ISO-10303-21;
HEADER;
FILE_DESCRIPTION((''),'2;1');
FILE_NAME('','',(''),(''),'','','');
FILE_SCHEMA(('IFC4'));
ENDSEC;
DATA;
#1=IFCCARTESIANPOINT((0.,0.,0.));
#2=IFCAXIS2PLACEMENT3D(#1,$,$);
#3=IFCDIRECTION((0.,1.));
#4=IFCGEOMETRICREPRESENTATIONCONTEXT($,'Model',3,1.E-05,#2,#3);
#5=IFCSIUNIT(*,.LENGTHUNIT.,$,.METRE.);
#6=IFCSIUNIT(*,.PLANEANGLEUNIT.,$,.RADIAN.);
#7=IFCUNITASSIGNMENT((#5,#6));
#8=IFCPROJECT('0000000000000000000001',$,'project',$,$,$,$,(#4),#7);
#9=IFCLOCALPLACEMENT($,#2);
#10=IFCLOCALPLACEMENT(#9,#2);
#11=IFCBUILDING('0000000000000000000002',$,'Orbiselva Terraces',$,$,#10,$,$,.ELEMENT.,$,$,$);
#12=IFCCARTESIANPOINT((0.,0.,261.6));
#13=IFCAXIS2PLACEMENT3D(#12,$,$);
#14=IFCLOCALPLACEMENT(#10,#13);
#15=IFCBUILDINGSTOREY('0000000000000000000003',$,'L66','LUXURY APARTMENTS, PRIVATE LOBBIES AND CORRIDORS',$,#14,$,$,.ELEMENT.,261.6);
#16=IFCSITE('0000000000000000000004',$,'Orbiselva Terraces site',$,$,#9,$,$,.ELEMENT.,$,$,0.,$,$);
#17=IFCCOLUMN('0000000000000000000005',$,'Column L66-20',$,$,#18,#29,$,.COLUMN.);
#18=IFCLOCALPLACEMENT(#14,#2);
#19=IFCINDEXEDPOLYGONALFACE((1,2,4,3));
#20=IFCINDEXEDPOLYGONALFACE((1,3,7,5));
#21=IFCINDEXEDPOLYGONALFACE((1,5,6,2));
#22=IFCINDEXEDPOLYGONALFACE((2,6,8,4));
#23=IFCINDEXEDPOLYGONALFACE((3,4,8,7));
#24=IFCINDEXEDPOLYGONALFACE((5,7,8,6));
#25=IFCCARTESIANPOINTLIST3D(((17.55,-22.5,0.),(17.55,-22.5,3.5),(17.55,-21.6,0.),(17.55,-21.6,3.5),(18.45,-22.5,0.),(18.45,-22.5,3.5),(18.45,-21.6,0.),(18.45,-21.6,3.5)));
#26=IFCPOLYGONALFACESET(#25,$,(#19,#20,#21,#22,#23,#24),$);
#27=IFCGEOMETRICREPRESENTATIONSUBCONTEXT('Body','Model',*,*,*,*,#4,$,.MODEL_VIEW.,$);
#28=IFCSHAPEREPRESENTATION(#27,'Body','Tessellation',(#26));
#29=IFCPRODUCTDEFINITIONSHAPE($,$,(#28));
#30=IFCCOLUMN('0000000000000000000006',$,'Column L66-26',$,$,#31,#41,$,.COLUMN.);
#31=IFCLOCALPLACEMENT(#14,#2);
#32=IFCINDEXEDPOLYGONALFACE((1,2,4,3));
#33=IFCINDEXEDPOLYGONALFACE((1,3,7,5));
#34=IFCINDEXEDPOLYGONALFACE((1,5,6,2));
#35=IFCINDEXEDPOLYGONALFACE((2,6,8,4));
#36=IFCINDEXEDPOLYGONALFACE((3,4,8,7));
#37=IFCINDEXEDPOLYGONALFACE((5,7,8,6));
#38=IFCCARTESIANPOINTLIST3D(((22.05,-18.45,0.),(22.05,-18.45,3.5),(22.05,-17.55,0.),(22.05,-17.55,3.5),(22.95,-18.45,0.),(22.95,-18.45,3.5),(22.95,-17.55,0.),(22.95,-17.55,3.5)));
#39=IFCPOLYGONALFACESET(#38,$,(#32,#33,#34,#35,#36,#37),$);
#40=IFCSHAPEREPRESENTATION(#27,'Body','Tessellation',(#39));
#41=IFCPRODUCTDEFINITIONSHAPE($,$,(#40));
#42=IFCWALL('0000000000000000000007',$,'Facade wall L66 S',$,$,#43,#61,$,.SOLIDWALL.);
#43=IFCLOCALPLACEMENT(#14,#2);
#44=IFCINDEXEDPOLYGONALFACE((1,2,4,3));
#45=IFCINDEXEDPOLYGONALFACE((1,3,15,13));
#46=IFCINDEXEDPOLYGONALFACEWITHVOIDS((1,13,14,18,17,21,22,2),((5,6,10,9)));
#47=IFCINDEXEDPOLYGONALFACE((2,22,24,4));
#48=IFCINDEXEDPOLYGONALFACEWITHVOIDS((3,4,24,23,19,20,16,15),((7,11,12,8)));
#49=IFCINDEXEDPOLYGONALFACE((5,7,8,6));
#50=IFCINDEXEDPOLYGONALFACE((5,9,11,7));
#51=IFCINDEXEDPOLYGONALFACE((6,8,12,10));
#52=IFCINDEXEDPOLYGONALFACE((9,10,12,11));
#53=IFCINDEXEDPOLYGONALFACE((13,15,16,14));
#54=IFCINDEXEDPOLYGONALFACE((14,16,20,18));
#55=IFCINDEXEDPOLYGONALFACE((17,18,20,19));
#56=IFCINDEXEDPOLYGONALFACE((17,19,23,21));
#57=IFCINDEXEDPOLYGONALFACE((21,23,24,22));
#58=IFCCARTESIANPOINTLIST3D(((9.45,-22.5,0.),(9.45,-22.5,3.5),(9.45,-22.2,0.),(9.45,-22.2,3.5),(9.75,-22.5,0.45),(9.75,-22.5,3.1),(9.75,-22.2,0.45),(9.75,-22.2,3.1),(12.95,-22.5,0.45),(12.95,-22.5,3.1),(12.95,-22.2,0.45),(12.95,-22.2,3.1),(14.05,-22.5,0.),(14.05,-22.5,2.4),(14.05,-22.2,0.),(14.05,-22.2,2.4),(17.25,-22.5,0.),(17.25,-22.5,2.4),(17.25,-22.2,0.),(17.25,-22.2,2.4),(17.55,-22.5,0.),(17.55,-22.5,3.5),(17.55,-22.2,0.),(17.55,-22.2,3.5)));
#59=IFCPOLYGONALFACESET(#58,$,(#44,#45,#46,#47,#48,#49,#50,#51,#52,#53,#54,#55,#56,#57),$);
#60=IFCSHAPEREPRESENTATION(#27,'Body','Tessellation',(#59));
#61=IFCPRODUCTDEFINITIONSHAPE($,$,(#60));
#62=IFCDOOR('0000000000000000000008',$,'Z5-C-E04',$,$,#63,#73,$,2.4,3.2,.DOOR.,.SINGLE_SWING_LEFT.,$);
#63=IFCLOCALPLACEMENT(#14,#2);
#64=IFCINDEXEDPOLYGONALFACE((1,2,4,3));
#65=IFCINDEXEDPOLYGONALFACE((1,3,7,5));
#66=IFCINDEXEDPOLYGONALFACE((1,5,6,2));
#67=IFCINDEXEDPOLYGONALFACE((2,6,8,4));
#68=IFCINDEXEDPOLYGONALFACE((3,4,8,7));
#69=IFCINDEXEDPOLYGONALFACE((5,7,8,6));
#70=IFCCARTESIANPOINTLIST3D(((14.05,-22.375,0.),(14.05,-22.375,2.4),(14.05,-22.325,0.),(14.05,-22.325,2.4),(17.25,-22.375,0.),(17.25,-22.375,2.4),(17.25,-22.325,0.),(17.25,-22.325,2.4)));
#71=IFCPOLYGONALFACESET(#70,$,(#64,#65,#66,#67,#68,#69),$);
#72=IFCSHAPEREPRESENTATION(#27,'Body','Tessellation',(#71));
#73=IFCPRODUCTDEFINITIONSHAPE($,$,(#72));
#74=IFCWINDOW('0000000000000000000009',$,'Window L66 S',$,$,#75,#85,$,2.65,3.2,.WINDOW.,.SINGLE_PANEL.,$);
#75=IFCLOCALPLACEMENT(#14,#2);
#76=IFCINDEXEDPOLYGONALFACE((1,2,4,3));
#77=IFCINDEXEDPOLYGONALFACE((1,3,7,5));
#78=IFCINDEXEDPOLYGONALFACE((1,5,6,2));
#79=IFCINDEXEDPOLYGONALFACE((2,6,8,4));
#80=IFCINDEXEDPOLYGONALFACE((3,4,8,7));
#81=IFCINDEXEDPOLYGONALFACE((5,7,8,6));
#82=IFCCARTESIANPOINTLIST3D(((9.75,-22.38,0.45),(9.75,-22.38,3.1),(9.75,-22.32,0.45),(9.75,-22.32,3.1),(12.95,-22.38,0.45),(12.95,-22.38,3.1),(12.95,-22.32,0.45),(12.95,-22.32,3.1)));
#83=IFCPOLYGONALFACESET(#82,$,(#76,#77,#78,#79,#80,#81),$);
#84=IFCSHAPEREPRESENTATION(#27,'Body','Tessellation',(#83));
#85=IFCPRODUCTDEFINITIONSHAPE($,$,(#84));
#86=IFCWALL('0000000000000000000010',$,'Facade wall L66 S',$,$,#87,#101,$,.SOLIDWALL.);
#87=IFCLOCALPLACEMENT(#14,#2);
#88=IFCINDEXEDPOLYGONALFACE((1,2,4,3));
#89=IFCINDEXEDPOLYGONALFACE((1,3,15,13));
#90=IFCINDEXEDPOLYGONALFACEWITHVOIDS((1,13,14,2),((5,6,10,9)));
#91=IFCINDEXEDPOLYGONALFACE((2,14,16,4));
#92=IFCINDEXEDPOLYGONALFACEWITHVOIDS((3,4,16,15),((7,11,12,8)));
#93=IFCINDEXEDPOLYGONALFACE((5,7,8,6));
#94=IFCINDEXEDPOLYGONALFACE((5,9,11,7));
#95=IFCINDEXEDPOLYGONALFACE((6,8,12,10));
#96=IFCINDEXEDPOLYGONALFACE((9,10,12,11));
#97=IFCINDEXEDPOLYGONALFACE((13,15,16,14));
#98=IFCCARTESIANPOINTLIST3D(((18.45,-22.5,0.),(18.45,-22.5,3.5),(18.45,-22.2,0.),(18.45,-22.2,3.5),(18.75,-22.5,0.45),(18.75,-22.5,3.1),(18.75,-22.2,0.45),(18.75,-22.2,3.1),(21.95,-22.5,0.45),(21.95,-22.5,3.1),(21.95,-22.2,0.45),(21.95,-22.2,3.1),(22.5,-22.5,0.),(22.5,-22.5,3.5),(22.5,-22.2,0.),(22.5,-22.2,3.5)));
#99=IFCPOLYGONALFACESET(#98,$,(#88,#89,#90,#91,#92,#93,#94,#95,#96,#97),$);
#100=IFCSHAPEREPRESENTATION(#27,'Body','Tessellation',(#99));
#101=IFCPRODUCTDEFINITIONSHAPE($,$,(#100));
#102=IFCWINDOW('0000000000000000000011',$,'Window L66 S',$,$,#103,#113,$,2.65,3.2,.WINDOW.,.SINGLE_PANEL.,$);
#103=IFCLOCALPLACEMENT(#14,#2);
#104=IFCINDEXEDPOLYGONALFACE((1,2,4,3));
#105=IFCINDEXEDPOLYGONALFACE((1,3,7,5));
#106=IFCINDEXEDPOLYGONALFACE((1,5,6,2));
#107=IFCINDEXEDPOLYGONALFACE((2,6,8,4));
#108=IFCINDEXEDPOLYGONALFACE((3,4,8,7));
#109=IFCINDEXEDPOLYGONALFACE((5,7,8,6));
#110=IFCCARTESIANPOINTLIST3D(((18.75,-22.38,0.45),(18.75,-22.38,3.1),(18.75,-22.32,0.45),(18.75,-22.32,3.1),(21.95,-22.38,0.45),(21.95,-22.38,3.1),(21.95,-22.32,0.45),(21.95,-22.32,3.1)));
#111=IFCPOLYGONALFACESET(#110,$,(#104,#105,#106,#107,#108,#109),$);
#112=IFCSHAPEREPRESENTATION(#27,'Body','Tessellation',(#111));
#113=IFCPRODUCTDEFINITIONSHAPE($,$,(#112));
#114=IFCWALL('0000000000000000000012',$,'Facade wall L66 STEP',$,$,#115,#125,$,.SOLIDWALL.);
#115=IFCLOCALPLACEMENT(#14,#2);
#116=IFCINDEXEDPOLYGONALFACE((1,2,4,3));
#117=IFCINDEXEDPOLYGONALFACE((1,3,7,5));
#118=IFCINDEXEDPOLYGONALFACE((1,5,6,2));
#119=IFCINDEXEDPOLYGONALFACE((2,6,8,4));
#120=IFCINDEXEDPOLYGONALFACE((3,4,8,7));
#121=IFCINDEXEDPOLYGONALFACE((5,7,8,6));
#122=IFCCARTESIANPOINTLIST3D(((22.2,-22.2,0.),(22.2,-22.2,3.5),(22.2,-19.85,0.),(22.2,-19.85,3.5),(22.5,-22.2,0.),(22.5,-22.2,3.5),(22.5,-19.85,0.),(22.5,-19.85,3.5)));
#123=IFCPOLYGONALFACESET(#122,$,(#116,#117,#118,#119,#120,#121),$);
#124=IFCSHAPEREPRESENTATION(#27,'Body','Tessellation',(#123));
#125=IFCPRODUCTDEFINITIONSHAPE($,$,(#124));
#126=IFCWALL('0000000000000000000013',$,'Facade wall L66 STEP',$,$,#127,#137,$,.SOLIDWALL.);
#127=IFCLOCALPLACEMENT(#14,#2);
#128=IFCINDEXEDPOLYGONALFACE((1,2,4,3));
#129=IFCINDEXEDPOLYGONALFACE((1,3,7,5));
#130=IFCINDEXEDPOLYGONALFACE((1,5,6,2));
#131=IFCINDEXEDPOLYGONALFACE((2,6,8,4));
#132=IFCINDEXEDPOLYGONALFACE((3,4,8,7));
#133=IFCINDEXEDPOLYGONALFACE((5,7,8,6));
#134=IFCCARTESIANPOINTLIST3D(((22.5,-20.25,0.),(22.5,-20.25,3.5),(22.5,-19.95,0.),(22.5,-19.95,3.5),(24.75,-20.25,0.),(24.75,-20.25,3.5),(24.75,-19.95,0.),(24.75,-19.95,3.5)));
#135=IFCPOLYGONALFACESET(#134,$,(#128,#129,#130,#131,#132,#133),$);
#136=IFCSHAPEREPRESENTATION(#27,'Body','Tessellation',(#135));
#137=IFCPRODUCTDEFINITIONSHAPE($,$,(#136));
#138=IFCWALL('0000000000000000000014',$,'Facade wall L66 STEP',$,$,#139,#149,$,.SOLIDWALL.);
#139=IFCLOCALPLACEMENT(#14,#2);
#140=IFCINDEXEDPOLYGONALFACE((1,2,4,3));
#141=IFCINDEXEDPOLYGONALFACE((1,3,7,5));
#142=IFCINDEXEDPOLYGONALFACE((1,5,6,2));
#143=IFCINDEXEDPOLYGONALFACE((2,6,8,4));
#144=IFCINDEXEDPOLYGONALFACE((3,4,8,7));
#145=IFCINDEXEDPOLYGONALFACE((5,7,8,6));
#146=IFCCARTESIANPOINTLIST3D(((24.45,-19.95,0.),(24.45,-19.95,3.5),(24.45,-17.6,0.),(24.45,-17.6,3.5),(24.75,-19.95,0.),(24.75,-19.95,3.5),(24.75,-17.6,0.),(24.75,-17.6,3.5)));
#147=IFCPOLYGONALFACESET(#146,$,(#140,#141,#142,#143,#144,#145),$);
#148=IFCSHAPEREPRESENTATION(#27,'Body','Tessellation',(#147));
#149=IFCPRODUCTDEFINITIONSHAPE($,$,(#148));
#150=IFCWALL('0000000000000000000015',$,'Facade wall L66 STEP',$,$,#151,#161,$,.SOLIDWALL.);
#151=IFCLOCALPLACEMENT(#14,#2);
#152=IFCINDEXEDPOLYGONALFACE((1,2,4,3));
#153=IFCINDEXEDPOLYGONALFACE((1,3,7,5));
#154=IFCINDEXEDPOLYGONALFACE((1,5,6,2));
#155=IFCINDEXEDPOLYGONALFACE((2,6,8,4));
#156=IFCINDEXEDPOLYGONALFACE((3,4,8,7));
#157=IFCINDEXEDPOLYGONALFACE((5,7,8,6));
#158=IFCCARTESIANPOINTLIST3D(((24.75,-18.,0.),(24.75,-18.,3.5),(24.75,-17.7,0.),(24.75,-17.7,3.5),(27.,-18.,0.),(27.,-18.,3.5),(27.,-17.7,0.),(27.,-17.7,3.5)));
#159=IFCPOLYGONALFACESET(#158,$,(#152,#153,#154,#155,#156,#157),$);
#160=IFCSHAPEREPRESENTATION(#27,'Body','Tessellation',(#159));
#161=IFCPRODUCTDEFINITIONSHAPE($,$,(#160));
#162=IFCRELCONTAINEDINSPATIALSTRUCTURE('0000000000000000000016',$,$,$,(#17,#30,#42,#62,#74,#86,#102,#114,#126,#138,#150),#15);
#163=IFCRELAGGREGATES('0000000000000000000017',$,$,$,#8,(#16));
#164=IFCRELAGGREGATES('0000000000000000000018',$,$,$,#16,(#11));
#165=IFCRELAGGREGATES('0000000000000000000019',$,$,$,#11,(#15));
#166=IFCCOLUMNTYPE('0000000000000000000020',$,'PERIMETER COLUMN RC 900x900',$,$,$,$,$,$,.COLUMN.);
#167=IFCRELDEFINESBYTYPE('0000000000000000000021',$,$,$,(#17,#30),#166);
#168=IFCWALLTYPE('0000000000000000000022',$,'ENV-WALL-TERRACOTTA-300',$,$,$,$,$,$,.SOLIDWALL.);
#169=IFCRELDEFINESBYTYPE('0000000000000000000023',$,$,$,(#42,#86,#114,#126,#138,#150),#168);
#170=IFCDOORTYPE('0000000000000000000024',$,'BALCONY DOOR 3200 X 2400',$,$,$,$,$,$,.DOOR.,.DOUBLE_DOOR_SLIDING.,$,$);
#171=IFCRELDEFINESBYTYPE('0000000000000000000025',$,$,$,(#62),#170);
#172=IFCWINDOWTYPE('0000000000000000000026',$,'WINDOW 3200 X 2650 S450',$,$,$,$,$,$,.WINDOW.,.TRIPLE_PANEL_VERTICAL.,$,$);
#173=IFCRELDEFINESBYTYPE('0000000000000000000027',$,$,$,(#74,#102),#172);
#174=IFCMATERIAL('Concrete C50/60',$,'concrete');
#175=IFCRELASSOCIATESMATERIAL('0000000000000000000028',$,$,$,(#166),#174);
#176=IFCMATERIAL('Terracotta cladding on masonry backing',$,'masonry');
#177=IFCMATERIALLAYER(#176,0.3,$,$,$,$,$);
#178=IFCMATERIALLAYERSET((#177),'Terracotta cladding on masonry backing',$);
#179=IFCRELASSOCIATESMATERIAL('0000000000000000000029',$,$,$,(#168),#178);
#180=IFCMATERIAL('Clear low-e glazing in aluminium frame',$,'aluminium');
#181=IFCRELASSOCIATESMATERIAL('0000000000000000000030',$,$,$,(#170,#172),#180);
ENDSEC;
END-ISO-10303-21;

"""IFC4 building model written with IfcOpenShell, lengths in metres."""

from ifc_helpers import new_model, si_unit, direction, frame, frame_2d, origin, origin_2d, place, context, subcontext, project, spatial, rectangle, extrude, material, layer, layer_set, material_profile, profile_set, type_object, element, fill, save


model = new_model("IFC4")

# Units and contexts
model_context = context("Model", 3, precision=1e-05, world=origin(), true_north=direction((0.0, 1.0)))
body_context = subcontext(model_context, "Body", "Model", "MODEL_VIEW")
ifc_project = project(units=[si_unit("LENGTHUNIT", "METRE"), si_unit("PLANEANGLEUNIT", "RADIAN")], contexts=[model_context])

# Site, building, storey
site_placement = place(None, origin())
site = spatial("IfcSite", under=ifc_project, at=site_placement, Name="Orbiselva Terraces site", CompositionType="ELEMENT", RefElevation=0.0)
building_placement = place(site_placement, origin())
building = spatial("IfcBuilding", under=site, at=building_placement, Name="Orbiselva Terraces", CompositionType="ELEMENT")
storey_placement = place(building_placement, frame((0.0, 0.0, 261.6)))
storey = spatial("IfcBuildingStorey", under=building, at=storey_placement, Name="L66", Description="LUXURY APARTMENTS, PRIVATE LOBBIES AND CORRIDORS", CompositionType="ELEMENT", Elevation=261.6)

# Columns
ifc_material_1 = material(Name="Concrete C50/60", Category="concrete")
ifc_material_profile = material_profile(ifc_material_1, rectangle(XDim=0.9, YDim=0.9, at=origin_2d()), Name="RC 900x900")
ifc_profile_set = profile_set([ifc_material_profile], Name="Concrete C50/60")
column_type = type_object("IfcColumnType", Name="PERIMETER COLUMN RC 900x900", PredefinedType="COLUMN", material=ifc_profile_set)
for number, where, z_axis, x_axis, name in (
    (1, (18.0, -22.05, 0.0), (0.0, 0.0, 1.0), (1.0, 0.0, 0.0), "Column L66-20"),
    (2, (22.5, -18.0, 0.0), (0.0, 0.0, 1.0), (1.0, 0.0, 0.0), "Column L66-26"),
):
    element("IfcColumn", number, at=place(storey_placement, frame(where, z_axis=z_axis, x_axis=x_axis)), inside=storey, type_object=column_type, Name=name, PredefinedType="COLUMN", context=body_context, shape_type="SweptSolid", body=[
        extrude(rectangle(XDim=0.9, YDim=0.9, at=origin_2d()), origin(), (0.0, 0.0, 1.0), 3.5),
    ])

# Wall, openings, door, window
ifc_material_2 = material(Name="Terracotta cladding on masonry backing", Category="masonry")
ifc_layer_1 = layer(ifc_material_2, 0.3)
ifc_layer_set_1 = layer_set([ifc_layer_1], Name="Terracotta cladding on masonry backing")
wall_type_1 = type_object("IfcWallType", Name="ENV-WALL-TERRACOTTA-300", PredefinedType="SOLIDWALL", material=ifc_layer_set_1)
wall_1_placement = place(storey_placement, frame((17.55, -22.35, 0.0), z_axis=(0.0, 0.0, 1.0), x_axis=(-1.0, 0.0, 0.0)))
wall_1 = element("IfcWall", 3, at=wall_1_placement, inside=storey, type_object=wall_type_1, Name="Facade wall L66 S", PredefinedType="SOLIDWALL", context=body_context, shape_type="SweptSolid", body=[
    extrude(rectangle(XDim=8.1, YDim=0.3, at=frame_2d((4.05, 0.0))), origin(), (0.0, 0.0, 1.0), 3.5),
])
opening_1_placement = place(wall_1_placement, frame((4.6, 0.0, 0.45)))
opening_1 = element("IfcOpeningElement", 4, at=opening_1_placement, cuts=wall_1, PredefinedType="OPENING", context=body_context, shape_type="SweptSolid", body=[
    extrude(rectangle(XDim=3.2, YDim=2.65, at=frame_2d((1.6, 1.325))), frame((0.0, 0.16, 0.0), z_axis=(0.0, -1.0, 0.0), x_axis=(1.0, 0.0, 0.0)), (0.0, 0.0, 1.0), 0.32),
])
opening_2_placement = place(wall_1_placement, frame((0.3, 0.0, 0.0)))
opening_2 = element("IfcOpeningElement", 5, at=opening_2_placement, cuts=wall_1, PredefinedType="OPENING", context=body_context, shape_type="SweptSolid", body=[
    extrude(rectangle(XDim=3.2, YDim=2.4, at=frame_2d((1.6, 1.2))), frame((0.0, 0.16, 0.0), z_axis=(0.0, -1.0, 0.0), x_axis=(1.0, 0.0, 0.0)), (0.0, 0.0, 1.0), 0.32),
])
ifc_material_3 = material(Name="Clear low-e glazing in aluminium frame", Category="aluminium")
door_type_1 = type_object("IfcDoorType", Name="BALCONY DOOR 3200 X 2400", OperationType="DOUBLE_DOOR_SLIDING", PredefinedType="DOOR", material=ifc_material_3)
door_1_placement = place(opening_2_placement, origin())
door_1 = element("IfcDoor", 6, at=door_1_placement, inside=storey, type_object=door_type_1, Name="Z5-C-E04", OperationType="SINGLE_SWING_LEFT", OverallHeight=2.4, OverallWidth=3.2, PredefinedType="DOOR", context=body_context, shape_type="SweptSolid", body=[
    extrude(rectangle(XDim=3.2, YDim=2.4, at=frame_2d((1.6, 1.2))), frame((0.0, 0.025, 0.0), z_axis=(0.0, -1.0, 0.0), x_axis=(1.0, 0.0, 0.0)), (0.0, 0.0, 1.0), 0.05),
])
fill(opening_2, door_1)
window_type = type_object("IfcWindowType", Name="WINDOW 3200 X 2650 S450", PartitioningType="TRIPLE_PANEL_VERTICAL", PredefinedType="WINDOW", material=ifc_material_3)
window_1_placement = place(opening_1_placement, origin())
window_1 = element("IfcWindow", 7, at=window_1_placement, inside=storey, type_object=window_type, Name="Window L66 S", OverallHeight=2.65, OverallWidth=3.2, PartitioningType="SINGLE_PANEL", PredefinedType="WINDOW", context=body_context, shape_type="SweptSolid", body=[
    extrude(rectangle(XDim=3.2, YDim=2.65, at=frame_2d((1.6, 1.325))), frame((0.0, 0.03, 0.0), z_axis=(0.0, -1.0, 0.0), x_axis=(1.0, 0.0, 0.0)), (0.0, 0.0, 1.0), 0.06),
])
fill(opening_1, window_1)

# Wall, opening, window
wall_2_placement = place(storey_placement, frame((22.5, -22.35, 0.0), z_axis=(0.0, 0.0, 1.0), x_axis=(-1.0, 0.0, 0.0)))
wall_2 = element("IfcWall", 8, at=wall_2_placement, inside=storey, type_object=wall_type_1, Name="Facade wall L66 S", PredefinedType="SOLIDWALL", context=body_context, shape_type="SweptSolid", body=[
    extrude(rectangle(XDim=4.05, YDim=0.3, at=frame_2d((2.025, 0.0))), origin(), (0.0, 0.0, 1.0), 3.5),
])
opening_3_placement = place(wall_2_placement, frame((0.55, 0.0, 0.45)))
opening_3 = element("IfcOpeningElement", 9, at=opening_3_placement, cuts=wall_2, PredefinedType="OPENING", context=body_context, shape_type="SweptSolid", body=[
    extrude(rectangle(XDim=3.2, YDim=2.65, at=frame_2d((1.6, 1.325))), frame((0.0, 0.16, 0.0), z_axis=(0.0, -1.0, 0.0), x_axis=(1.0, 0.0, 0.0)), (0.0, 0.0, 1.0), 0.32),
])
window_2_placement = place(opening_3_placement, origin())
window_2 = element("IfcWindow", 10, at=window_2_placement, inside=storey, type_object=window_type, Name="Window L66 S", OverallHeight=2.65, OverallWidth=3.2, PartitioningType="SINGLE_PANEL", PredefinedType="WINDOW", context=body_context, shape_type="SweptSolid", body=[
    extrude(rectangle(XDim=3.2, YDim=2.65, at=frame_2d((1.6, 1.325))), frame((0.0, 0.03, 0.0), z_axis=(0.0, -1.0, 0.0), x_axis=(1.0, 0.0, 0.0)), (0.0, 0.0, 1.0), 0.06),
])
fill(opening_3, window_2)

# Walls
wall_3_placement = place(storey_placement, frame((22.35, -19.85, 0.0), z_axis=(0.0, 0.0, 1.0), x_axis=(0.0, -1.0, 0.0)))
element("IfcWall", 11, at=wall_3_placement, inside=storey, type_object=wall_type_1, Name="Facade wall L66 STEP", PredefinedType="SOLIDWALL", context=body_context, shape_type="SweptSolid", body=[
    extrude(rectangle(XDim=2.35, YDim=0.3, at=frame_2d((1.175, 0.0))), origin(), (0.0, 0.0, 1.0), 3.5),
])
wall_4_placement = place(storey_placement, frame((24.75, -20.1, 0.0), z_axis=(0.0, 0.0, 1.0), x_axis=(-1.0, 0.0, 0.0)))
element("IfcWall", 12, at=wall_4_placement, inside=storey, type_object=wall_type_1, Name="Facade wall L66 STEP", PredefinedType="SOLIDWALL", context=body_context, shape_type="SweptSolid", body=[
    extrude(rectangle(XDim=2.25, YDim=0.3, at=frame_2d((1.125, 0.0))), origin(), (0.0, 0.0, 1.0), 3.5),
])
wall_5_placement = place(storey_placement, frame((24.6, -17.6, 0.0), z_axis=(0.0, 0.0, 1.0), x_axis=(0.0, -1.0, 0.0)))
element("IfcWall", 13, at=wall_5_placement, inside=storey, type_object=wall_type_1, Name="Facade wall L66 STEP", PredefinedType="SOLIDWALL", context=body_context, shape_type="SweptSolid", body=[
    extrude(rectangle(XDim=2.35, YDim=0.3, at=frame_2d((1.175, 0.0))), origin(), (0.0, 0.0, 1.0), 3.5),
])
wall_6_placement = place(storey_placement, frame((27.0, -17.85, 0.0), z_axis=(0.0, 0.0, 1.0), x_axis=(-1.0, 0.0, 0.0)))
element("IfcWall", 14, at=wall_6_placement, inside=storey, type_object=wall_type_1, Name="Facade wall L66 STEP", PredefinedType="SOLIDWALL", context=body_context, shape_type="SweptSolid", body=[
    extrude(rectangle(XDim=2.25, YDim=0.3, at=frame_2d((1.125, 0.0))), origin(), (0.0, 0.0, 1.0), 3.5),
])

save(model, "model.ifc")
